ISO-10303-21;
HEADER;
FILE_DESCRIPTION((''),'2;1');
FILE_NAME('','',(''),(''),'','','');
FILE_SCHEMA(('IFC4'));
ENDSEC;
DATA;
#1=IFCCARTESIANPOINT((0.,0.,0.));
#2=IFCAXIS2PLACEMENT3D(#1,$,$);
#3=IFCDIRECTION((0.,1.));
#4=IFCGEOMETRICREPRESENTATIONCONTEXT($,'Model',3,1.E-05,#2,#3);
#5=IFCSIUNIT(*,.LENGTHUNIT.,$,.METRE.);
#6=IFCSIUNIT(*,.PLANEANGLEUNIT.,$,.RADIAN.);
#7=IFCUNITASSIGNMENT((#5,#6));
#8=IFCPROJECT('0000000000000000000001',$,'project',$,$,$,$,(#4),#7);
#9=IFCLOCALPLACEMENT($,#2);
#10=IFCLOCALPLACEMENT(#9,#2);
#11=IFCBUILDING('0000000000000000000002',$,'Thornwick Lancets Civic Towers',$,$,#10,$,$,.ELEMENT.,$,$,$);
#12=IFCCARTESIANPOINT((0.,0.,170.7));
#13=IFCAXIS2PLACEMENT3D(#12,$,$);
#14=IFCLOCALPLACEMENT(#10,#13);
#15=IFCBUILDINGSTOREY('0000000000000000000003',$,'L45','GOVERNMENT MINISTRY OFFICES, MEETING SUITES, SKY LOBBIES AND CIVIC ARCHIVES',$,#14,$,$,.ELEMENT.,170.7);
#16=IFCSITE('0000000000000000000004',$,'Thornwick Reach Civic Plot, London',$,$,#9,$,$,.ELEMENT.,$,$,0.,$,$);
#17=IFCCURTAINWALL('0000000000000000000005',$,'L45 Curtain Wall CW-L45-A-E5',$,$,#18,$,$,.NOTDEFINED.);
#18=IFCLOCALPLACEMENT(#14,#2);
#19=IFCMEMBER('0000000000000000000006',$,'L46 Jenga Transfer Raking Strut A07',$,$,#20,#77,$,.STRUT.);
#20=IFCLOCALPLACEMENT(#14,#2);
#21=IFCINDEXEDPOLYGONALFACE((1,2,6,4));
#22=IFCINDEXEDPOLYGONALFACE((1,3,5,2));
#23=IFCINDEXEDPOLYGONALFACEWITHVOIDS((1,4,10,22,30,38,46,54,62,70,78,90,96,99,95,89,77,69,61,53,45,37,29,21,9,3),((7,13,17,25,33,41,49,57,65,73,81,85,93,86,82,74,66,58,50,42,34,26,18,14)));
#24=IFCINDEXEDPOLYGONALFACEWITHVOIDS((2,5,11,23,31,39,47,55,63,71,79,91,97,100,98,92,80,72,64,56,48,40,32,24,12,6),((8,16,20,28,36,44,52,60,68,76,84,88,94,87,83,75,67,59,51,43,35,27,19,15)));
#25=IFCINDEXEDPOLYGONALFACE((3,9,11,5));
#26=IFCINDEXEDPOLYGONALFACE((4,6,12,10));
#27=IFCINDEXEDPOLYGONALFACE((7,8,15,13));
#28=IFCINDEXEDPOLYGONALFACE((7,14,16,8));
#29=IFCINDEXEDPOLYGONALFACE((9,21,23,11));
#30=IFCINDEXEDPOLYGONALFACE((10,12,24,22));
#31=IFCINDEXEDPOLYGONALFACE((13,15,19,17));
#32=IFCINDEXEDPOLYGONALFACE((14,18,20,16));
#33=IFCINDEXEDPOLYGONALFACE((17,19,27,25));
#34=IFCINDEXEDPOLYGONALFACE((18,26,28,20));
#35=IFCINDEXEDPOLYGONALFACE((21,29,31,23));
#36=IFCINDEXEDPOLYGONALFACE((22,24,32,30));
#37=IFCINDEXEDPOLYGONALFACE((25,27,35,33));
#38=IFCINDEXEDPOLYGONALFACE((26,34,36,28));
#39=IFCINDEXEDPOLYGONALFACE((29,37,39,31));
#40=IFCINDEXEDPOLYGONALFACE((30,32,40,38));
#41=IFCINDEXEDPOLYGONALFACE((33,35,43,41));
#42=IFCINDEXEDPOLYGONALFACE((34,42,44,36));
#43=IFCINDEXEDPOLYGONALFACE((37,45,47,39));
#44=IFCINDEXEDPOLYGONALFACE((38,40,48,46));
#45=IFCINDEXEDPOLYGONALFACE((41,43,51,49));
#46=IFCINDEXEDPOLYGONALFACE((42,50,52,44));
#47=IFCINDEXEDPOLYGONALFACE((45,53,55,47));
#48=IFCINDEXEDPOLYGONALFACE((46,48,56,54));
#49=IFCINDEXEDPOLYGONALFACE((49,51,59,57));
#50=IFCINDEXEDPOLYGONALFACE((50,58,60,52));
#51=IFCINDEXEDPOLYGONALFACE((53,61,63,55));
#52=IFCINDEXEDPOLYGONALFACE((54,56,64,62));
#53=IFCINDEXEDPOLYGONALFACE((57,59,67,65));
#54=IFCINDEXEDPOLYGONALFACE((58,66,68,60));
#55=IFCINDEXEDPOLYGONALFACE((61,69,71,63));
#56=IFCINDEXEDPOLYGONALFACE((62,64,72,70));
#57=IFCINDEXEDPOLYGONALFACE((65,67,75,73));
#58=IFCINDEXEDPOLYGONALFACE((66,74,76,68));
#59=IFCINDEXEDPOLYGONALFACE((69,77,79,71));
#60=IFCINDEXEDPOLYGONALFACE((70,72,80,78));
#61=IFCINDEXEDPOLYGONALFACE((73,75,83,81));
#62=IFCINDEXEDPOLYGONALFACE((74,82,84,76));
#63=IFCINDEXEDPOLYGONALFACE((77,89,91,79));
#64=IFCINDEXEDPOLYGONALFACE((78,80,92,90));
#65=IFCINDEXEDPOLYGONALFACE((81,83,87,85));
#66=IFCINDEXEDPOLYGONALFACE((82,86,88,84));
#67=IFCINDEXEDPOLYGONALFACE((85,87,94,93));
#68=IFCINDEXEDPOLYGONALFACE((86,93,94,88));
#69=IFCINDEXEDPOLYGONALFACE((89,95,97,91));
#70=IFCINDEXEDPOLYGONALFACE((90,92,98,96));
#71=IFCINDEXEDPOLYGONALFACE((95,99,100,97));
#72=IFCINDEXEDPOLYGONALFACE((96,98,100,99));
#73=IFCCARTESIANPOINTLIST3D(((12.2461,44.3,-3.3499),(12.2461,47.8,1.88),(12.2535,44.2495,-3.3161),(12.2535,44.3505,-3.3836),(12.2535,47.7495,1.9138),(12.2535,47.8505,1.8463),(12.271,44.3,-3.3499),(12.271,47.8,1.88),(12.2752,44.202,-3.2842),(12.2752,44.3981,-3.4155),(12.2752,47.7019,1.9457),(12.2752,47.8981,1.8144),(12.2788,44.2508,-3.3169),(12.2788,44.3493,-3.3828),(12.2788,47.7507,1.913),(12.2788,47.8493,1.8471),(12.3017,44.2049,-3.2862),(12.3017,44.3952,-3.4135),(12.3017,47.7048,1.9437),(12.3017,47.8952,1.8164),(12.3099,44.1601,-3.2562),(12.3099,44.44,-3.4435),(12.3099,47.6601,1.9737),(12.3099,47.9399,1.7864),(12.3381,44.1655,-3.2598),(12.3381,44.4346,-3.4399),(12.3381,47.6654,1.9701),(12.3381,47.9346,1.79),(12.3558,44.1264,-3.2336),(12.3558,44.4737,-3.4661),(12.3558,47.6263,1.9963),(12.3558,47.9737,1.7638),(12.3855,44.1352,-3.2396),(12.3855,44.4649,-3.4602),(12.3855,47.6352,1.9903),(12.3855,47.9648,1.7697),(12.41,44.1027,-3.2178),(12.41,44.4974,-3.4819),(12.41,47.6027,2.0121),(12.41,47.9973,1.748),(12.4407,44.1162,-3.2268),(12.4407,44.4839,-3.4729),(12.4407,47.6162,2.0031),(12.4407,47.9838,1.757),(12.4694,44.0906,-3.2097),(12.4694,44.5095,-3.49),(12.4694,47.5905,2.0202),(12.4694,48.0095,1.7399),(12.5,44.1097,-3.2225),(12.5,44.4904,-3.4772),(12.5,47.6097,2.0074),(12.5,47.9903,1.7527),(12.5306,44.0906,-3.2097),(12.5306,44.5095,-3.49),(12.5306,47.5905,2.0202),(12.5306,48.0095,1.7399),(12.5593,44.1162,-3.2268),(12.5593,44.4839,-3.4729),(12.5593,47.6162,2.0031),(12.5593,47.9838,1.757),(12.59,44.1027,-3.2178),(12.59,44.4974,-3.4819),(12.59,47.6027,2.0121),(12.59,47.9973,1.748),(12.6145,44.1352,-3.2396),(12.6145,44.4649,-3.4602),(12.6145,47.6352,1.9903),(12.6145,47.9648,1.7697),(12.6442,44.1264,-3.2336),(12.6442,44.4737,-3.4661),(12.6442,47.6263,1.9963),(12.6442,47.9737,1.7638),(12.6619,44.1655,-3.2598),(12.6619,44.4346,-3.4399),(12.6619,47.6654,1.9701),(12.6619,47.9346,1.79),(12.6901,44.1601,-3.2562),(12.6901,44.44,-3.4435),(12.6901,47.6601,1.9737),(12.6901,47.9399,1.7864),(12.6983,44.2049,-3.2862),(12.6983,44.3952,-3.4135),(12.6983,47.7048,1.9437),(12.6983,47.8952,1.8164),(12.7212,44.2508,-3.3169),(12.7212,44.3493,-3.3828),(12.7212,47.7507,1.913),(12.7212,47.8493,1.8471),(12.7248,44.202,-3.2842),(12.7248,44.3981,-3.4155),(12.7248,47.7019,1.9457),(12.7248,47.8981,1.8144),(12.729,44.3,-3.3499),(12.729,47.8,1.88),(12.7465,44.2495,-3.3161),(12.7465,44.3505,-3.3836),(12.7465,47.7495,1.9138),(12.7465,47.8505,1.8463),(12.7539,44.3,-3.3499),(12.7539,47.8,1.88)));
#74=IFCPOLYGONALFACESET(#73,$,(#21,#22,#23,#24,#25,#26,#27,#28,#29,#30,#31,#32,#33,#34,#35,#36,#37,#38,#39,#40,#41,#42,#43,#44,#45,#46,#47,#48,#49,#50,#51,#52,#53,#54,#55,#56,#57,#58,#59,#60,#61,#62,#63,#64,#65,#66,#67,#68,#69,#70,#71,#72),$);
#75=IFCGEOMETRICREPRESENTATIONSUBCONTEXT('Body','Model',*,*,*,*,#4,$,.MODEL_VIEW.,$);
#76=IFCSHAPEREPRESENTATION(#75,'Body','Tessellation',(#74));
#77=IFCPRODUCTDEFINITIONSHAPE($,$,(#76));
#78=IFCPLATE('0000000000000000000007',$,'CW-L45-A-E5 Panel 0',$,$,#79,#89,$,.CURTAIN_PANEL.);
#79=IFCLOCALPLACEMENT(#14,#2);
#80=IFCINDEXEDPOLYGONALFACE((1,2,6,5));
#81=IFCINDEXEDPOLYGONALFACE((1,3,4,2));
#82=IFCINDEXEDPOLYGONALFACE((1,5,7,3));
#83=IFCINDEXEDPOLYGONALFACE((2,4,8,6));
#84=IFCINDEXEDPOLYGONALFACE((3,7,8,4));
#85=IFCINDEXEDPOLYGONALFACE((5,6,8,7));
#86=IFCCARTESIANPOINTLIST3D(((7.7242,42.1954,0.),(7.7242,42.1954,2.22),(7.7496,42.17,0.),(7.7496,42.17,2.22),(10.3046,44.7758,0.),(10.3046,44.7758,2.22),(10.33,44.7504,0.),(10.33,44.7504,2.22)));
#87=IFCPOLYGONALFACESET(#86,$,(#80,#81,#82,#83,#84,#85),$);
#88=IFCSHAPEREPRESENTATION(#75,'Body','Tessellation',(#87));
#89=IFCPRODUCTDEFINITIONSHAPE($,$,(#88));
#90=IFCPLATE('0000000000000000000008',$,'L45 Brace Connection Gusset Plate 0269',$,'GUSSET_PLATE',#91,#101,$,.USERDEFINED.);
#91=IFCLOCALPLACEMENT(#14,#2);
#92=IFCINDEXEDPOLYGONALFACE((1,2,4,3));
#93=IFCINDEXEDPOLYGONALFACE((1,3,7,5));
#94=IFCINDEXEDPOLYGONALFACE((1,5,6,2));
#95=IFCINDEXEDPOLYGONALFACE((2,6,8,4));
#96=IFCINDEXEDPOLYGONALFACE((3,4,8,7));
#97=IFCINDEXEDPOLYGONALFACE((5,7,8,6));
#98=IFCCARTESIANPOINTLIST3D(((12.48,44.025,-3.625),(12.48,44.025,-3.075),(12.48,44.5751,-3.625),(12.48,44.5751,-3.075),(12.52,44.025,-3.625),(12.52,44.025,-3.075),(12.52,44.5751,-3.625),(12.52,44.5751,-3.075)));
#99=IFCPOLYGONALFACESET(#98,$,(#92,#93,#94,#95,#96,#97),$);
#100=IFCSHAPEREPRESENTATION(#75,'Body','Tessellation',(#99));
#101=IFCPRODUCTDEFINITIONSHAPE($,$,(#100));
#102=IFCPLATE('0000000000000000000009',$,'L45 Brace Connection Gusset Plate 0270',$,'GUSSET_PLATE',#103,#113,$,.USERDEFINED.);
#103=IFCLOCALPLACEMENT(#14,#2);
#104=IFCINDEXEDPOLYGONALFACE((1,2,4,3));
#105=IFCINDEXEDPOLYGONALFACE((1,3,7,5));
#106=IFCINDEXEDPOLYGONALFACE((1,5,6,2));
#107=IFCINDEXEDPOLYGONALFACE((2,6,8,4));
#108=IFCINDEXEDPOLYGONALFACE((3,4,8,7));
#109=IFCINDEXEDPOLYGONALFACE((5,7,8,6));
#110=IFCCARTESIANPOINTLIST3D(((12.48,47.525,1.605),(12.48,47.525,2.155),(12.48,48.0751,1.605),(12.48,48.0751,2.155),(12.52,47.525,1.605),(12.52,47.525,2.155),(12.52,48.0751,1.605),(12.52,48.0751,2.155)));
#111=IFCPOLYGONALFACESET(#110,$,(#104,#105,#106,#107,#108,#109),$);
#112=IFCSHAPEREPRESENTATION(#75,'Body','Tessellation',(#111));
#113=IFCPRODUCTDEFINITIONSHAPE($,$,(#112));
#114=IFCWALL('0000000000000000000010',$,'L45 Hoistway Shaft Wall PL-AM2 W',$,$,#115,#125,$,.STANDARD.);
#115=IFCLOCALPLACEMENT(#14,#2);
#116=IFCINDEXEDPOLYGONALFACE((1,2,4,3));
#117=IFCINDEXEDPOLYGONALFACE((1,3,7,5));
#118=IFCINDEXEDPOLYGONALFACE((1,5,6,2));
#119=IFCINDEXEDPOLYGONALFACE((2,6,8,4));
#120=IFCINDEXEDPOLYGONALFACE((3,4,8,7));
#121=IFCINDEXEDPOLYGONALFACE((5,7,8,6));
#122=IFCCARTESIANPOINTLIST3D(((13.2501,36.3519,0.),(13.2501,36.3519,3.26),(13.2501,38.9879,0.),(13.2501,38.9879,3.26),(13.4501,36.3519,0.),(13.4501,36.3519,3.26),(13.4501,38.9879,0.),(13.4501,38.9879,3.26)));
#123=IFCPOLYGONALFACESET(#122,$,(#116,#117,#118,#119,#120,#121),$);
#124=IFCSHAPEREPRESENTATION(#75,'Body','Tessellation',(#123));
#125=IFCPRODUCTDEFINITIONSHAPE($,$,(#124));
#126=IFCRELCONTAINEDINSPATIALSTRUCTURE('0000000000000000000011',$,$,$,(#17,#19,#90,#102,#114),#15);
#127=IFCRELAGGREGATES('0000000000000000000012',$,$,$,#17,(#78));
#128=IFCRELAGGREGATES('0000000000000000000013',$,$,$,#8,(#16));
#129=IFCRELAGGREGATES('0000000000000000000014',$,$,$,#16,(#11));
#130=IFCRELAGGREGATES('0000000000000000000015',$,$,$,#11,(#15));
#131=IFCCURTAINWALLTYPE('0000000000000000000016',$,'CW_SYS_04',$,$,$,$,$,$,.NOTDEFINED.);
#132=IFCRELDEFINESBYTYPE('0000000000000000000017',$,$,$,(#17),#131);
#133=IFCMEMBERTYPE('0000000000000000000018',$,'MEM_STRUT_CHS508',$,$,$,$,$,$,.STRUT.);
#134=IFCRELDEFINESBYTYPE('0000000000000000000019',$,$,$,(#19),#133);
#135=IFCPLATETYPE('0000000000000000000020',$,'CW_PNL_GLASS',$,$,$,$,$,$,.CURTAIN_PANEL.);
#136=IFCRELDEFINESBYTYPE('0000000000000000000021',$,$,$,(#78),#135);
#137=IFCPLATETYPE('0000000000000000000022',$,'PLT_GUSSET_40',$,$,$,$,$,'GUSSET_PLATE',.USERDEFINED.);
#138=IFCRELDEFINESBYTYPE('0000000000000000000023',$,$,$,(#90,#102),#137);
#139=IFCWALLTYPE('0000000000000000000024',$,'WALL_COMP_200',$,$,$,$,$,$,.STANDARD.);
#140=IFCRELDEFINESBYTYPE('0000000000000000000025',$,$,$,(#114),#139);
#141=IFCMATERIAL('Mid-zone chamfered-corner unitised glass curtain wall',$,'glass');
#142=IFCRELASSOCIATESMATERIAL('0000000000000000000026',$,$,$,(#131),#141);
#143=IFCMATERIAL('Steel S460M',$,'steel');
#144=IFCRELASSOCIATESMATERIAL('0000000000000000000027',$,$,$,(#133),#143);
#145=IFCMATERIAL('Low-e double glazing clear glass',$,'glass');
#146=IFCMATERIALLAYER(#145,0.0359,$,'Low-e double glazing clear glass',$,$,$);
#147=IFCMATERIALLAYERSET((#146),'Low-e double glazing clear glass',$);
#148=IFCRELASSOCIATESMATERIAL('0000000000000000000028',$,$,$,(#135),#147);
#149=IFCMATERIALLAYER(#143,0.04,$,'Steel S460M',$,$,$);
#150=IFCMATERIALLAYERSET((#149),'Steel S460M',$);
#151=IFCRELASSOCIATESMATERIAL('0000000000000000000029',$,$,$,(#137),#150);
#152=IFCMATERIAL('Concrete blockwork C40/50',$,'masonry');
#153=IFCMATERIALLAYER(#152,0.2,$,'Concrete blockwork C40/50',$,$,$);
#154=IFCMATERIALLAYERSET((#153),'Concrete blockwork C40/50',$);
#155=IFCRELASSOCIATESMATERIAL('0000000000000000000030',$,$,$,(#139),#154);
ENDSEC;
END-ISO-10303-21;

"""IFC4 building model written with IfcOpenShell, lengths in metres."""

from ifc_helpers import new_model, si_unit, direction, frame, frame_2d, origin, origin_2d, place, context, subcontext, project, spatial, rectangle, hollow_circle, extrude, material, layer, layer_set, material_profile, profile_set, type_object, element, aggregate, save


model = new_model("IFC4")

# Units and contexts
model_context = context("Model", 3, precision=1e-05, world=origin(), true_north=direction((0.0, 1.0)))
body_context = subcontext(model_context, "Body", "Model", "MODEL_VIEW")
ifc_project = project(units=[si_unit("LENGTHUNIT", "METRE"), si_unit("PLANEANGLEUNIT", "RADIAN")], contexts=[model_context])

# Site, building, storey
site_placement = place(None, origin())
site = spatial("IfcSite", under=ifc_project, at=site_placement, Name="Thornwick Reach Civic Plot, London", CompositionType="ELEMENT", RefElevation=0.0)
building_placement = place(site_placement, origin())
building = spatial("IfcBuilding", under=site, at=building_placement, Name="Thornwick Lancets Civic Towers", CompositionType="ELEMENT")
storey_placement = place(building_placement, frame((0.0, 0.0, 170.7)))
storey = spatial("IfcBuildingStorey", under=building, at=storey_placement, Name="L45", Description="GOVERNMENT MINISTRY OFFICES, MEETING SUITES, SKY LOBBIES AND CIVIC ARCHIVES", CompositionType="ELEMENT", Elevation=170.7)

# Curtain wall
ifc_material_1 = material(Name="Mid-zone chamfered-corner unitised glass curtain wall", Category="glass")
curtain_wall_type = type_object("IfcCurtainWallType", Name="CW_SYS_04", PredefinedType="NOTDEFINED", material=ifc_material_1)
curtain_wall_placement = place(storey_placement, origin())
curtain_wall = element("IfcCurtainWall", 1, at=curtain_wall_placement, inside=storey, type_object=curtain_wall_type, Name="L45 Curtain Wall CW-L45-A-E5", PredefinedType="NOTDEFINED")

# Member
ifc_material_2 = material(Name="Steel S460M", Category="steel")
ifc_material_profile_1 = material_profile(ifc_material_2, hollow_circle(Radius=0.2539, WallThickness=0.0249, at=origin_2d()), Name="CHS 508x25")
ifc_profile_set_1 = profile_set([ifc_material_profile_1], Name="Steel S460M")
member_type_1 = type_object("IfcMemberType", Name="MEM_STRUT_CHS508", PredefinedType="STRUT", material=ifc_profile_set_1)
member_1_placement = place(storey_placement, frame((12.5, 44.3, -3.3499), z_axis=(0.0, 0.556168, 0.83107), x_axis=(-1.0, 0.0, 0.0)))
element("IfcMember", 2, at=member_1_placement, inside=storey, type_object=member_type_1, Name="L46 Jenga Transfer Raking Strut A07", PredefinedType="STRUT", context=body_context, shape_type="SweptSolid", body=[
    extrude(hollow_circle(Radius=0.2539, WallThickness=0.0249, at=origin_2d()), origin(), (0.0, 0.0, 1.0), 6.293),
])

# Plate
ifc_material_3 = material(Name="Low-e double glazing clear glass", Category="glass")
ifc_layer_1 = layer(ifc_material_3, 0.0359, Name="Low-e double glazing clear glass")
ifc_layer_set_1 = layer_set([ifc_layer_1], Name="Low-e double glazing clear glass")
plate_type_1 = type_object("IfcPlateType", Name="CW_PNL_GLASS", PredefinedType="CURTAIN_PANEL", material=ifc_layer_set_1)
plate_placement = place(storey_placement, frame((9.0271, 43.4729, 0.0), z_axis=(0.0, 0.0, 1.0), x_axis=(-0.707107, -0.707107, 0.0)))
plate = element("IfcPlate", 3, at=plate_placement, type_object=plate_type_1, Name="CW-L45-A-E5 Panel 0", PredefinedType="CURTAIN_PANEL", context=body_context, shape_type="SweptSolid", body=[
    extrude(rectangle(XDim=3.6492, YDim=0.0359, at=origin_2d()), origin(), (0.0, 0.0, 1.0), 2.22),
])
aggregate(curtain_wall, [plate])

# Plates
ifc_layer_2 = layer(ifc_material_2, 0.04, Name="Steel S460M")
ifc_layer_set_2 = layer_set([ifc_layer_2], Name="Steel S460M")
plate_type_2 = type_object("IfcPlateType", Name="PLT_GUSSET_40", ElementType="GUSSET_PLATE", PredefinedType="USERDEFINED", material=ifc_layer_set_2)
for number, where, z_axis, x_axis, name in (
    (4, (12.5, 44.3, -3.625), (0.0, 0.0, 1.0), (0.0, 1.0, 0.0), "L45 Brace Connection Gusset Plate 0269"),
    (5, (12.5, 47.8, 1.605), (0.0, 0.0, 1.0), (0.0, 1.0, 0.0), "L45 Brace Connection Gusset Plate 0270"),
):
    element("IfcPlate", number, at=place(storey_placement, frame(where, z_axis=z_axis, x_axis=x_axis)), inside=storey, type_object=plate_type_2, Name=name, ObjectType="GUSSET_PLATE", PredefinedType="USERDEFINED", context=body_context, shape_type="SweptSolid", body=[
        extrude(rectangle(XDim=0.55, YDim=0.04, at=origin_2d()), origin(), (0.0, 0.0, 1.0), 0.55),
    ])

# Wall
ifc_material_4 = material(Name="Concrete blockwork C40/50", Category="masonry")
ifc_layer_3 = layer(ifc_material_4, 0.2, Name="Concrete blockwork C40/50")
ifc_layer_set_3 = layer_set([ifc_layer_3], Name="Concrete blockwork C40/50")
wall_type_1 = type_object("IfcWallType", Name="WALL_COMP_200", PredefinedType="STANDARD", material=ifc_layer_set_3)
wall_1_placement = place(storey_placement, frame((13.3501, 36.3521, 0.0), z_axis=(0.0, 0.0, 1.0), x_axis=(0.0, 1.0, 0.0)))
element("IfcWall", 6, at=wall_1_placement, inside=storey, type_object=wall_type_1, Name="L45 Hoistway Shaft Wall PL-AM2 W", PredefinedType="STANDARD", context=body_context, shape_type="SweptSolid", body=[
    extrude(rectangle(XDim=2.636, YDim=0.2, at=frame_2d((1.3179, 0.0))), origin(), (0.0, 0.0, 1.0), 3.26),
])

save(model, "model.ifc")
